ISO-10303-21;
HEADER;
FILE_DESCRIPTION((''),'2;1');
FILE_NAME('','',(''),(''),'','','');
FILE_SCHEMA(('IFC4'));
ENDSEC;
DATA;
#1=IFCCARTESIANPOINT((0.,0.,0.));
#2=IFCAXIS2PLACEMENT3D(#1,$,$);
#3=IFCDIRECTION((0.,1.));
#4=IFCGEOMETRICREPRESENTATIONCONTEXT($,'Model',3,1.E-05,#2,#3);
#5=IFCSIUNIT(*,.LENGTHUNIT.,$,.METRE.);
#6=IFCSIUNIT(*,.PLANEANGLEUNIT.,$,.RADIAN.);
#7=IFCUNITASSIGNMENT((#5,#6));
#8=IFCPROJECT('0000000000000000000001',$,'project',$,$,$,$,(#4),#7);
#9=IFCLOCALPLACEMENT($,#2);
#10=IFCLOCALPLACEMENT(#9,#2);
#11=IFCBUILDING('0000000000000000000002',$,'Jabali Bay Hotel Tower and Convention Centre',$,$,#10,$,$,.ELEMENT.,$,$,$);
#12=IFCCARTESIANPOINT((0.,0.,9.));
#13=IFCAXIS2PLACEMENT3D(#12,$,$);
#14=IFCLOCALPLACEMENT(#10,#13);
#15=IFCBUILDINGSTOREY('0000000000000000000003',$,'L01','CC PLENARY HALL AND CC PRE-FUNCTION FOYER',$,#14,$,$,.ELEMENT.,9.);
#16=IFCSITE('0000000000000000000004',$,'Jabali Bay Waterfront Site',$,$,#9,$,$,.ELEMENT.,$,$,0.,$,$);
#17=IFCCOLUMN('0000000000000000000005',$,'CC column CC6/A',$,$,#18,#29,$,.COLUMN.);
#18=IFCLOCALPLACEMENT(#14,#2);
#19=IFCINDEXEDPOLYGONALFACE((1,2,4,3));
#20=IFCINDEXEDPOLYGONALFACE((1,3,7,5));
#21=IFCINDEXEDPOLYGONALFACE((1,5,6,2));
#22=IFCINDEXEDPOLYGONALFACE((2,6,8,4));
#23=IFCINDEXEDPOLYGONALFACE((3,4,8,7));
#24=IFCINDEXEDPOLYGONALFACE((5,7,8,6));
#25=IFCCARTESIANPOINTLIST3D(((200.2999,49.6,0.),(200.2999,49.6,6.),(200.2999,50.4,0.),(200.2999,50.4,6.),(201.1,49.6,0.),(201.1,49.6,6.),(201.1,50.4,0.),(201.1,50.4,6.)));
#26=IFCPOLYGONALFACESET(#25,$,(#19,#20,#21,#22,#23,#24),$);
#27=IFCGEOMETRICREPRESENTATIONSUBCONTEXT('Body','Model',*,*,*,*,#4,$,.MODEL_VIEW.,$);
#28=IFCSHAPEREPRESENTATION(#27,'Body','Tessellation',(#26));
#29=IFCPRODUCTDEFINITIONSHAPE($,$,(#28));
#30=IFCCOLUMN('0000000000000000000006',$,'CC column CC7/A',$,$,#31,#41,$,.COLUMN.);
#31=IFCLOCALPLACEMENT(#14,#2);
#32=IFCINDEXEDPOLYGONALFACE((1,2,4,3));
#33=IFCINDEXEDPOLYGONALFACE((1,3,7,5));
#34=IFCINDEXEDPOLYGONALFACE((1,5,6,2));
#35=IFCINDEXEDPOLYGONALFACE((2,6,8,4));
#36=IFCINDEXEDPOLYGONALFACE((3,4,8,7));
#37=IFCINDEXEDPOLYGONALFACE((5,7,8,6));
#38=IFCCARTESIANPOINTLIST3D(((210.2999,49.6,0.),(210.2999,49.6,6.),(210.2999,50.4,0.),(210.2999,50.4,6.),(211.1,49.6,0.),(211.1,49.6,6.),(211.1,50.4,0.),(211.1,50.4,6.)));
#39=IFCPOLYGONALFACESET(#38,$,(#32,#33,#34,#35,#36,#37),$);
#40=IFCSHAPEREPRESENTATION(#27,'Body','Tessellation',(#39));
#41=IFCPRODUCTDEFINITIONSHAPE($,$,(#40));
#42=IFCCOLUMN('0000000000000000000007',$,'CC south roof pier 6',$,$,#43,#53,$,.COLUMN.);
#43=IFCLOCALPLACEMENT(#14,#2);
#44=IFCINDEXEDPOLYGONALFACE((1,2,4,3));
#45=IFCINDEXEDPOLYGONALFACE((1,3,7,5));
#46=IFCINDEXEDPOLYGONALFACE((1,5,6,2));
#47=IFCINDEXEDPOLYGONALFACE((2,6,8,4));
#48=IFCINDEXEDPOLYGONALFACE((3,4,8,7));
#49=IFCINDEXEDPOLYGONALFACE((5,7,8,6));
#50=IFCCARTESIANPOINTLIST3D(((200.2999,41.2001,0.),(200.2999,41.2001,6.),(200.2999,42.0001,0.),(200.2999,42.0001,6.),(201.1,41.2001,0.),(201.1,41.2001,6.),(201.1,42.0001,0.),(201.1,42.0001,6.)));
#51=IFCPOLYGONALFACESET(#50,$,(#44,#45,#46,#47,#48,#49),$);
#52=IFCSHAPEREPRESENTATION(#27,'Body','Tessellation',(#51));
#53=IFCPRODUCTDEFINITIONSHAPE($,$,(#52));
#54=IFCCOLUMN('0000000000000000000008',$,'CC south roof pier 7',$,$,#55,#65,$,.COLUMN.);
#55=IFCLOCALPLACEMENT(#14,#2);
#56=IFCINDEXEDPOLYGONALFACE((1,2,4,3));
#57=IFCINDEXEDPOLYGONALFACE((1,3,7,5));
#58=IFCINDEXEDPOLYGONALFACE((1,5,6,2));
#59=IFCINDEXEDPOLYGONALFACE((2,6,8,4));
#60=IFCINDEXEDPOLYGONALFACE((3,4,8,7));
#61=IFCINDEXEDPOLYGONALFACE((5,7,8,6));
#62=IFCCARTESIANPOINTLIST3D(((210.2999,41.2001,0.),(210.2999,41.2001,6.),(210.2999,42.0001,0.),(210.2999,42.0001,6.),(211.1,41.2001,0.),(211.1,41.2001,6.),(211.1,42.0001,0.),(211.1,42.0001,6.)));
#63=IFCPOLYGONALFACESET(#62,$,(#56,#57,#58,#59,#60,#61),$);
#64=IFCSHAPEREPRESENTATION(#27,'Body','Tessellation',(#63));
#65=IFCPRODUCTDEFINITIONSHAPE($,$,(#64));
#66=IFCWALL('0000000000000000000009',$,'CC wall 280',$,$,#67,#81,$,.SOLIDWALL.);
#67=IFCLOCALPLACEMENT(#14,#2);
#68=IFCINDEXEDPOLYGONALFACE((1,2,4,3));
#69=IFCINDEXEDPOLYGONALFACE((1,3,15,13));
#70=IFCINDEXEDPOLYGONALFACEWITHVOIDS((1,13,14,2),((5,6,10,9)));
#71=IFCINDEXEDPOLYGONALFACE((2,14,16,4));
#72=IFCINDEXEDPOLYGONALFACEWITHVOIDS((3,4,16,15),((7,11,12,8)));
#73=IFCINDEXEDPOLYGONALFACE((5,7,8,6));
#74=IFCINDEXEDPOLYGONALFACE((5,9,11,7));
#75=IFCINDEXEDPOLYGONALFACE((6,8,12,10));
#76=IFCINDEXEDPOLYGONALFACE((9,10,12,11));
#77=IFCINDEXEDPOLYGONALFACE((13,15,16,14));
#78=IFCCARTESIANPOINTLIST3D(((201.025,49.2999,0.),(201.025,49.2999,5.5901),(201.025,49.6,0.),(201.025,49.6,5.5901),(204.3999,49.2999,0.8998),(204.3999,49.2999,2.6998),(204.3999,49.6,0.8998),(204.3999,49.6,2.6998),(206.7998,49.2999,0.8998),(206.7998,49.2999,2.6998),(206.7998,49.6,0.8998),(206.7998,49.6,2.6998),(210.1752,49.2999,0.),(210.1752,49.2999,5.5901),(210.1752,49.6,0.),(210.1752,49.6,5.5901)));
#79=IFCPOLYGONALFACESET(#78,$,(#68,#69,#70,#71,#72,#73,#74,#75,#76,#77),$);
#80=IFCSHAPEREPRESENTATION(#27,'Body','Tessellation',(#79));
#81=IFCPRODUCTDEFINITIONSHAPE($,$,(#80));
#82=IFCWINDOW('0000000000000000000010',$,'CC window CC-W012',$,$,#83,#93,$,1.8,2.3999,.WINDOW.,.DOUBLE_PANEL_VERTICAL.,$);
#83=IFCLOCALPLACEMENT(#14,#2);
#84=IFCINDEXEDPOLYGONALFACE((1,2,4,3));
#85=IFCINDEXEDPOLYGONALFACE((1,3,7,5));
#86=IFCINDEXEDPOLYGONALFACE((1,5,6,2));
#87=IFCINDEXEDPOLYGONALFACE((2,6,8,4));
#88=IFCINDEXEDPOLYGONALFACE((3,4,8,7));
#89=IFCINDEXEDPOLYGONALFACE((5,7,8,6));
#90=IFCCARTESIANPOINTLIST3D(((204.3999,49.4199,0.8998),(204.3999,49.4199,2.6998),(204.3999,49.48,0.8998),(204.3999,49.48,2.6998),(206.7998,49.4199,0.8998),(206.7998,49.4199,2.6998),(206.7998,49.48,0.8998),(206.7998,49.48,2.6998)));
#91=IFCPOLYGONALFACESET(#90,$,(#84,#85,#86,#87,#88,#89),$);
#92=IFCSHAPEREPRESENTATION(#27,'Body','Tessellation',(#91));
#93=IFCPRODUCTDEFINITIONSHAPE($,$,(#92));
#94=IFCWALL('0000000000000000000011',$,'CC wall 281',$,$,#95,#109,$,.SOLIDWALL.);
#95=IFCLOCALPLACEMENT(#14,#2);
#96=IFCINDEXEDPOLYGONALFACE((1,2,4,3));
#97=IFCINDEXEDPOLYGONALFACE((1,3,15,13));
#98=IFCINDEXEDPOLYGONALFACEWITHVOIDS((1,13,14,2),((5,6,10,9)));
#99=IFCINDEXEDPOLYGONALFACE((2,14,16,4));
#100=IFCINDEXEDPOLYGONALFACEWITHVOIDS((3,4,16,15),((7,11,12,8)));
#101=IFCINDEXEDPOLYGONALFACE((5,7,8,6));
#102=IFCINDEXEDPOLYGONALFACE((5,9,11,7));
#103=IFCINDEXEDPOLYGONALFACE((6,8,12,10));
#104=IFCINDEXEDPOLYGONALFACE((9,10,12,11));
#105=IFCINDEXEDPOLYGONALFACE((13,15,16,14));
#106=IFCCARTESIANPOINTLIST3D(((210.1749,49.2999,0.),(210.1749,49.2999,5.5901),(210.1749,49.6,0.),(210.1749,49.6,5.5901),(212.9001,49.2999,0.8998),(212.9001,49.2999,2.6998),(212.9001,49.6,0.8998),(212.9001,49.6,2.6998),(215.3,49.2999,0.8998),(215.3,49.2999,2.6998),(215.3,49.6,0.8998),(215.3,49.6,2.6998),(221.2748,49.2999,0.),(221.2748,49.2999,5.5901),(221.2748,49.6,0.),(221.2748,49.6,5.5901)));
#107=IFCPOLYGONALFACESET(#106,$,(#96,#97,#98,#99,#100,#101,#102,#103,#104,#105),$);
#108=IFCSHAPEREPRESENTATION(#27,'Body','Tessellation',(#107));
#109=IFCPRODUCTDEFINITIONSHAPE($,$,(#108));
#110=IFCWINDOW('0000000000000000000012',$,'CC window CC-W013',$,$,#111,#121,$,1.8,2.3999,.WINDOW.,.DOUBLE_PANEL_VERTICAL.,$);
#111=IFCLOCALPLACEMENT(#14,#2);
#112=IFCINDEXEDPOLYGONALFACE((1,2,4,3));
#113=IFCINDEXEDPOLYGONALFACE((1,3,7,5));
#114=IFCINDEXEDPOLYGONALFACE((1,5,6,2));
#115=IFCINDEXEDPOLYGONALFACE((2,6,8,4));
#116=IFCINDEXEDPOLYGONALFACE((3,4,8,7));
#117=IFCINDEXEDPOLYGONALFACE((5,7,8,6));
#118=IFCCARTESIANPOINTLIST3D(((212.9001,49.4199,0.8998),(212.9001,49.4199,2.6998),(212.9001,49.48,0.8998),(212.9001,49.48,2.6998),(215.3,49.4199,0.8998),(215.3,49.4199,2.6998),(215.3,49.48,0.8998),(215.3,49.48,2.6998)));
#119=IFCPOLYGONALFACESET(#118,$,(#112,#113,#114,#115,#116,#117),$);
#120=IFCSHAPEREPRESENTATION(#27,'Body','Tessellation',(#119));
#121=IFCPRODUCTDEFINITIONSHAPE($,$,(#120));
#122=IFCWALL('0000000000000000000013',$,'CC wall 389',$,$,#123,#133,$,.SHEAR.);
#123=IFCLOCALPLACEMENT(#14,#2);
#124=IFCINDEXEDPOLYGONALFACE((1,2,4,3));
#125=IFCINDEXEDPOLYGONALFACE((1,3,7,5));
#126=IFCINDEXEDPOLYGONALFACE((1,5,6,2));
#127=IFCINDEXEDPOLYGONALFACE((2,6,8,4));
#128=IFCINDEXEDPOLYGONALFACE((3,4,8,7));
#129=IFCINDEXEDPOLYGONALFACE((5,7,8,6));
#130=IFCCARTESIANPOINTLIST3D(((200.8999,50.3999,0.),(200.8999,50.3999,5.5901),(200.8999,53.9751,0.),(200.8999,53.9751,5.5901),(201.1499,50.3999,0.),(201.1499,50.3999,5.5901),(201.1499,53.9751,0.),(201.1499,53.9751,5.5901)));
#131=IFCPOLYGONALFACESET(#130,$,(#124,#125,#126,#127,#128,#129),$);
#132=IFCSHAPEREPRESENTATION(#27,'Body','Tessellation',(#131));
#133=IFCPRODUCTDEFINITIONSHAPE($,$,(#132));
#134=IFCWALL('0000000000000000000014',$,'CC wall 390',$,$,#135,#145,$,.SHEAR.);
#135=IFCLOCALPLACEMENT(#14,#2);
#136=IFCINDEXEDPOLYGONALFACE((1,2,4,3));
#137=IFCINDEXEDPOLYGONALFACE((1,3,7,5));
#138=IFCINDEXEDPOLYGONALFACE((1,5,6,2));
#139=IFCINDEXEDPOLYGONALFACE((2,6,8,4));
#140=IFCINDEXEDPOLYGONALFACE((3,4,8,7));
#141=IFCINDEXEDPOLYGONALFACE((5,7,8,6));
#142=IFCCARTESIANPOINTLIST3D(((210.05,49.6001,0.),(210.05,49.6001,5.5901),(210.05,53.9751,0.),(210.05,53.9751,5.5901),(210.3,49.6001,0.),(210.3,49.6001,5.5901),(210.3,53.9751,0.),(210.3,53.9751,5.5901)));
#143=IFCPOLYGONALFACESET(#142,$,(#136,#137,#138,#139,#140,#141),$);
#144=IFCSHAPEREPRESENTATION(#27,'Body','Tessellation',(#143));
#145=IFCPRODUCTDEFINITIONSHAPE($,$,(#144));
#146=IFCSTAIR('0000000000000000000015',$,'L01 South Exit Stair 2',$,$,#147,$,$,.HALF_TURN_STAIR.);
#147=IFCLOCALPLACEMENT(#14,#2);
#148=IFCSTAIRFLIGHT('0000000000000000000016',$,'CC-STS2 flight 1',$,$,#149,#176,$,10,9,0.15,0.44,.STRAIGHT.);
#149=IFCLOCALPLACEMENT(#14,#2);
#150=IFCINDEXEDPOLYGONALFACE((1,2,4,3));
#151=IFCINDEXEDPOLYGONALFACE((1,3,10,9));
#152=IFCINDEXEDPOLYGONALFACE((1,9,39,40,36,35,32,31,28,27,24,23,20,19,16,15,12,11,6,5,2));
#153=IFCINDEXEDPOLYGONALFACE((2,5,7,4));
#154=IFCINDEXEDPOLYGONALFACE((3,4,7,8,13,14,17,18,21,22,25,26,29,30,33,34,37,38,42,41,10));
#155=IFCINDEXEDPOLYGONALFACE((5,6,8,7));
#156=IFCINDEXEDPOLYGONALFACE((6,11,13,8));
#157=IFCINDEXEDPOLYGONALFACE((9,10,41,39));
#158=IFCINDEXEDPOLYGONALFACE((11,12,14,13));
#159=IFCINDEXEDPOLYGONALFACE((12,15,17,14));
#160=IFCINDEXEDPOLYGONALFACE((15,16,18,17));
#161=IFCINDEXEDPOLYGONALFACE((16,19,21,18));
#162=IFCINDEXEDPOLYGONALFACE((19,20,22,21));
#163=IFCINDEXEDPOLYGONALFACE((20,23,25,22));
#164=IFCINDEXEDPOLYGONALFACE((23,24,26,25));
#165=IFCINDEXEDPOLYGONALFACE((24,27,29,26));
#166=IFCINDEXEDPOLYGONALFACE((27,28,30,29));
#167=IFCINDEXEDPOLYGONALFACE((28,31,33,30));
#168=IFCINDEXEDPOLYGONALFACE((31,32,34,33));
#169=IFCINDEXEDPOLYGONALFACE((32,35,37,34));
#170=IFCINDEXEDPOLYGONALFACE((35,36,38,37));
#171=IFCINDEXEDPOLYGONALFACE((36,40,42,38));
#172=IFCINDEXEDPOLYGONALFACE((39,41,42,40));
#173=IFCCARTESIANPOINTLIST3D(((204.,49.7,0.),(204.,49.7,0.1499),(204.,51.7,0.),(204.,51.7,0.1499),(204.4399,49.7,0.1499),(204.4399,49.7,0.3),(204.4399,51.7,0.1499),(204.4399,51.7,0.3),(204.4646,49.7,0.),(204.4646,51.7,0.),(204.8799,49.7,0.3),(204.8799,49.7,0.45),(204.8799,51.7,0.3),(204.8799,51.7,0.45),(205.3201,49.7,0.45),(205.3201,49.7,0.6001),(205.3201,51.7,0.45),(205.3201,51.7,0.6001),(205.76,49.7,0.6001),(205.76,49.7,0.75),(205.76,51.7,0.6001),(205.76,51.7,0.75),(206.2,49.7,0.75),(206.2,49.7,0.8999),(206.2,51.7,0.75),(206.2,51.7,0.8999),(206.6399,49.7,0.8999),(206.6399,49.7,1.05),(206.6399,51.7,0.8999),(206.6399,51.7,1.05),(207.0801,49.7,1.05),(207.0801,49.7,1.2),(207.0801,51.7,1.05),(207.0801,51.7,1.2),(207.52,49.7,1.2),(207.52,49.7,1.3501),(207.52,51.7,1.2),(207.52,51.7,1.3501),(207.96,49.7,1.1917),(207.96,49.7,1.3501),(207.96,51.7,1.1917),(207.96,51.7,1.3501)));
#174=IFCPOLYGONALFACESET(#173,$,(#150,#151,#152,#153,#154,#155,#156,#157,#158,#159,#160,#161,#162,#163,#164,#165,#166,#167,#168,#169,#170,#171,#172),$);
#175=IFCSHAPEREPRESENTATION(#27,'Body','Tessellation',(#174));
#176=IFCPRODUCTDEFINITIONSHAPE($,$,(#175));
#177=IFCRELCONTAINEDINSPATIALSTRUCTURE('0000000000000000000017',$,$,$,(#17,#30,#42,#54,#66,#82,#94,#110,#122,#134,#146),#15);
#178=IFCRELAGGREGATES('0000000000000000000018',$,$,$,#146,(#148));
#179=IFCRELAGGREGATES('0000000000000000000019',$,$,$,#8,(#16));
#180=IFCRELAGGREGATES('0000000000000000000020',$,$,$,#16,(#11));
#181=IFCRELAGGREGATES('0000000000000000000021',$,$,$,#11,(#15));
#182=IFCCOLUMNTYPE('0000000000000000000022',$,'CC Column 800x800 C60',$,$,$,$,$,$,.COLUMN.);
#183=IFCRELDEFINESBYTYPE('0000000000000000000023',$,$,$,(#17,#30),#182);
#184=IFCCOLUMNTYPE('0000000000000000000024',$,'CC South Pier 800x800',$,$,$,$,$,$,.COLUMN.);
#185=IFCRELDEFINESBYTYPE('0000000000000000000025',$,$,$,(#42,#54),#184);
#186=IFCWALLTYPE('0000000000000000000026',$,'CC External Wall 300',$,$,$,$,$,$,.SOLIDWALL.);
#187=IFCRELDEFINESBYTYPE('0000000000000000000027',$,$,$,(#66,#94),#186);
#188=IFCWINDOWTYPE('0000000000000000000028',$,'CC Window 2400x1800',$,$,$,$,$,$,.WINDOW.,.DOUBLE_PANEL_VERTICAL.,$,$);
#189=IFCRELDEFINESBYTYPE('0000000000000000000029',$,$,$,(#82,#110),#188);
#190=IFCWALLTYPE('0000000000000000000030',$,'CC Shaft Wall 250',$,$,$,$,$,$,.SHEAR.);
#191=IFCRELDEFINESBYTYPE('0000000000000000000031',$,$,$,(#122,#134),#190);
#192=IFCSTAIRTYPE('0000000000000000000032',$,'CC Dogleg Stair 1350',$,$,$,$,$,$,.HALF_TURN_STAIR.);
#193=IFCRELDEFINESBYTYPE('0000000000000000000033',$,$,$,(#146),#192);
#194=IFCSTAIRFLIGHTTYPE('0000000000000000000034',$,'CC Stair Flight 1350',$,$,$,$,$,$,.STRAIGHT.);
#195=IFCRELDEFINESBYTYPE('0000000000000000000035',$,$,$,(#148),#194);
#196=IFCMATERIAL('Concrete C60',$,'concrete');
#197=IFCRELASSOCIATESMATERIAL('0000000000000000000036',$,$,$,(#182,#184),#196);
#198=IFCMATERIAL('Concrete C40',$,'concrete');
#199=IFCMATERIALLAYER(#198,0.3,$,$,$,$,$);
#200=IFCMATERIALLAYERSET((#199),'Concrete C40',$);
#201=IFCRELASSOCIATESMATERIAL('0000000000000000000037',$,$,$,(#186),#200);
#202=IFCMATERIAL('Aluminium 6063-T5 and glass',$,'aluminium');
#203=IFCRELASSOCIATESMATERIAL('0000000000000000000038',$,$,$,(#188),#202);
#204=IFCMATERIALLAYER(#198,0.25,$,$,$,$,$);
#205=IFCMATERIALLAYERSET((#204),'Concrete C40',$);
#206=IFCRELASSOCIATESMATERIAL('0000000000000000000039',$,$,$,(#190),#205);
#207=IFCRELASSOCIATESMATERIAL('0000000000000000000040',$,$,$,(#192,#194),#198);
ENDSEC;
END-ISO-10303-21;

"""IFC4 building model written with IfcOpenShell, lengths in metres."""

from ifc_helpers import new_model, si_unit, direction, frame, frame_2d, origin, origin_2d, place, context, subcontext, project, spatial, polyline, rectangle, outline, extrude, material, layer, layer_set, material_profile, profile_set, type_object, element, fill, aggregate, save


model = new_model("IFC4")

# Units and contexts
model_context = context("Model", 3, precision=1e-05, world=origin(), true_north=direction((0.0, 1.0)))
body_context = subcontext(model_context, "Body", "Model", "MODEL_VIEW")
ifc_project = project(units=[si_unit("LENGTHUNIT", "METRE"), si_unit("PLANEANGLEUNIT", "RADIAN")], contexts=[model_context])

# Site, building, storey
site_placement = place(None, origin())
site = spatial("IfcSite", under=ifc_project, at=site_placement, Name="Jabali Bay Waterfront Site", CompositionType="ELEMENT", RefElevation=0.0)
building_placement = place(site_placement, origin())
building = spatial("IfcBuilding", under=site, at=building_placement, Name="Jabali Bay Hotel Tower and Convention Centre", CompositionType="ELEMENT")
storey_placement = place(building_placement, frame((0.0, 0.0, 9.0)))
storey = spatial("IfcBuildingStorey", under=building, at=storey_placement, Name="L01", Description="CC PLENARY HALL AND CC PRE-FUNCTION FOYER", CompositionType="ELEMENT", Elevation=9.0)

# Columns
ifc_material_1 = material(Name="Concrete C60", Category="concrete")
ifc_material_profile_1 = material_profile(ifc_material_1, rectangle(XDim=0.8, YDim=0.8, at=origin_2d()), Name="RC 800x800")
ifc_profile_set_1 = profile_set([ifc_material_profile_1], Name="Concrete C60")
column_type_1 = type_object("IfcColumnType", Name="CC Column 800x800 C60", PredefinedType="COLUMN", material=ifc_profile_set_1)
for number, where, z_axis, x_axis, name in (
    (1, (200.7, 50.0, 0.0), (0.0, 0.0, 1.0), (1.0, 0.0, 0.0), "CC column CC6/A"),
    (2, (210.7, 50.0, 0.0), (0.0, 0.0, 1.0), (1.0, 0.0, 0.0), "CC column CC7/A"),
):
    element("IfcColumn", number, at=place(storey_placement, frame(where, z_axis=z_axis, x_axis=x_axis)), inside=storey, type_object=column_type_1, Name=name, PredefinedType="COLUMN", context=body_context, shape_type="SweptSolid", body=[
        extrude(rectangle(XDim=0.8, YDim=0.8, at=origin_2d()), origin(), (0.0, 0.0, 1.0), 6.0),
    ])
ifc_material_profile_2 = material_profile(ifc_material_1, rectangle(XDim=0.8, YDim=0.8, at=origin_2d()), Name="RC 800x800")
ifc_profile_set_2 = profile_set([ifc_material_profile_2], Name="Concrete C60")
column_type_2 = type_object("IfcColumnType", Name="CC South Pier 800x800", PredefinedType="COLUMN", material=ifc_profile_set_2)
for number, where, z_axis, x_axis, name in (
    (3, (200.7, 41.6001, 0.0), (0.0, 0.0, 1.0), (1.0, 0.0, 0.0), "CC south roof pier 6"),
    (4, (210.7, 41.6001, 0.0), (0.0, 0.0, 1.0), (1.0, 0.0, 0.0), "CC south roof pier 7"),
):
    element("IfcColumn", number, at=place(storey_placement, frame(where, z_axis=z_axis, x_axis=x_axis)), inside=storey, type_object=column_type_2, Name=name, PredefinedType="COLUMN", context=body_context, shape_type="SweptSolid", body=[
        extrude(rectangle(XDim=0.8, YDim=0.8, at=origin_2d()), origin(), (0.0, 0.0, 1.0), 6.0),
    ])

# Walls, openings, windows
ifc_material_2 = material(Name="Concrete C40", Category="concrete")
ifc_layer_1 = layer(ifc_material_2, 0.3)
ifc_layer_set_1 = layer_set([ifc_layer_1], Name="Concrete C40")
wall_type_1 = type_object("IfcWallType", Name="CC External Wall 300", PredefinedType="SOLIDWALL", material=ifc_layer_set_1)
wall_1_placement = place(storey_placement, frame((201.0249, 49.45, 0.0), z_axis=(0.0, 0.0, 1.0), x_axis=(1.0, 0.0, 0.0)))
wall_1 = element("IfcWall", 5, at=wall_1_placement, inside=storey, type_object=wall_type_1, Name="CC wall 280", PredefinedType="SOLIDWALL", context=body_context, shape_type="SweptSolid", body=[
    extrude(rectangle(XDim=9.1501, YDim=0.3, at=frame_2d((4.5752, 0.0))), origin(), (0.0, 0.0, 1.0), 5.5901),
])
opening_1_placement = place(wall_1_placement, frame((3.375, 0.0, 0.8999)))
opening_1 = element("IfcOpeningElement", 6, at=opening_1_placement, cuts=wall_1, PredefinedType="OPENING", context=body_context, shape_type="SweptSolid", body=[
    extrude(rectangle(XDim=2.3999, YDim=1.8, at=frame_2d((1.2, 0.8999))), frame((0.0, 0.1606, 0.0), z_axis=(0.0, -1.0, 0.0), x_axis=(1.0, 0.0, 0.0)), (0.0, 0.0, 1.0), 0.321),
])
ifc_material_3 = material(Name="Aluminium 6063-T5 and glass", Category="aluminium")
window_type = type_object("IfcWindowType", Name="CC Window 2400x1800", PartitioningType="DOUBLE_PANEL_VERTICAL", PredefinedType="WINDOW", material=ifc_material_3)
window_1_placement = place(opening_1_placement, origin())
window_1 = element("IfcWindow", 7, at=window_1_placement, inside=storey, type_object=window_type, Name="CC window CC-W012", OverallHeight=1.8, OverallWidth=2.3999, PartitioningType="DOUBLE_PANEL_VERTICAL", PredefinedType="WINDOW", context=body_context, shape_type="SweptSolid", body=[
    extrude(rectangle(XDim=2.3999, YDim=1.8, at=frame_2d((1.2, 0.8999))), frame((0.0, 0.03, 0.0), z_axis=(0.0, -1.0, 0.0), x_axis=(1.0, 0.0, 0.0)), (0.0, 0.0, 1.0), 0.0601),
])
fill(opening_1, window_1)
wall_2_placement = place(storey_placement, frame((210.175, 49.45, 0.0), z_axis=(0.0, 0.0, 1.0), x_axis=(1.0, 0.0, 0.0)))
wall_2 = element("IfcWall", 8, at=wall_2_placement, inside=storey, type_object=wall_type_1, Name="CC wall 281", PredefinedType="SOLIDWALL", context=body_context, shape_type="SweptSolid", body=[
    extrude(rectangle(XDim=11.0999, YDim=0.3, at=frame_2d((5.5498, 0.0))), origin(), (0.0, 0.0, 1.0), 5.5901),
])
opening_2_placement = place(wall_2_placement, frame((2.7251, 0.0, 0.8999)))
opening_2 = element("IfcOpeningElement", 9, at=opening_2_placement, cuts=wall_2, PredefinedType="OPENING", context=body_context, shape_type="SweptSolid", body=[
    extrude(rectangle(XDim=2.3999, YDim=1.8, at=frame_2d((1.2, 0.8999))), frame((0.0, 0.1606, 0.0), z_axis=(0.0, -1.0, 0.0), x_axis=(1.0, 0.0, 0.0)), (0.0, 0.0, 1.0), 0.321),
])
window_2_placement = place(opening_2_placement, origin())
window_2 = element("IfcWindow", 10, at=window_2_placement, inside=storey, type_object=window_type, Name="CC window CC-W013", OverallHeight=1.8, OverallWidth=2.3999, PartitioningType="DOUBLE_PANEL_VERTICAL", PredefinedType="WINDOW", context=body_context, shape_type="SweptSolid", body=[
    extrude(rectangle(XDim=2.3999, YDim=1.8, at=frame_2d((1.2, 0.8999))), frame((0.0, 0.03, 0.0), z_axis=(0.0, -1.0, 0.0), x_axis=(1.0, 0.0, 0.0)), (0.0, 0.0, 1.0), 0.0601),
])
fill(opening_2, window_2)

# Walls
ifc_layer_2 = layer(ifc_material_2, 0.25)
ifc_layer_set_2 = layer_set([ifc_layer_2], Name="Concrete C40")
wall_type_2 = type_object("IfcWallType", Name="CC Shaft Wall 250", PredefinedType="SHEAR", material=ifc_layer_set_2)
wall_3_placement = place(storey_placement, frame((201.0249, 50.3999, 0.0), z_axis=(0.0, 0.0, 1.0), x_axis=(0.0, 1.0, 0.0)))
element("IfcWall", 11, at=wall_3_placement, inside=storey, type_object=wall_type_2, Name="CC wall 389", PredefinedType="SHEAR", context=body_context, shape_type="SweptSolid", body=[
    extrude(rectangle(XDim=3.5752, YDim=0.25, at=frame_2d((1.7876, 0.0))), origin(), (0.0, 0.0, 1.0), 5.5901),
])
wall_4_placement = place(storey_placement, frame((210.175, 49.6001, 0.0), z_axis=(0.0, 0.0, 1.0), x_axis=(0.0, 1.0, 0.0)))
element("IfcWall", 12, at=wall_4_placement, inside=storey, type_object=wall_type_2, Name="CC wall 390", PredefinedType="SHEAR", context=body_context, shape_type="SweptSolid", body=[
    extrude(rectangle(XDim=4.375, YDim=0.25, at=frame_2d((2.1875, 0.0))), origin(), (0.0, 0.0, 1.0), 5.5901),
])

# Stair, stair flight
stair_type = type_object("IfcStairType", Name="CC Dogleg Stair 1350", PredefinedType="HALF_TURN_STAIR", material=ifc_material_2)
stair_placement = place(storey_placement, origin())
stair = element("IfcStair", 13, at=stair_placement, inside=storey, type_object=stair_type, Name="L01 South Exit Stair 2", PredefinedType="HALF_TURN_STAIR")
stair_flight_type = type_object("IfcStairFlightType", Name="CC Stair Flight 1350", PredefinedType="STRAIGHT", material=ifc_material_2)
stair_flight_1_placement = place(storey_placement, frame((204.0, 50.7, 0.0), z_axis=(0.0, 0.0, 1.0), x_axis=(1.0, 0.0, 0.0)))
stair_flight_1 = element("IfcStairFlight", 14, at=stair_flight_1_placement, type_object=stair_flight_type, Name="CC-STS2 flight 1", NumberOfRisers=10, NumberOfTreads=9, PredefinedType="STRAIGHT", RiserHeight=0.15, TreadLength=0.44, context=body_context, shape_type="SweptSolid", body=[
    extrude(outline(polyline([(0.0, 0.0), (0.0, 0.1499), (0.4399, 0.1499), (0.4399, 0.3), (0.8799, 0.3), (0.8799, 0.45), (1.3201, 0.45), (1.3201, 0.6001), (1.76, 0.6001), (1.76, 0.75), (2.2, 0.75), (2.2, 0.8999), (2.6399, 0.8999), (2.6399, 1.05), (3.0801, 1.05), (3.0801, 1.2), (3.52, 1.2), (3.52, 1.3501), (3.96, 1.3501), (3.96, 1.5), (3.96, 1.1917), (0.4646, 0.0), (0.0, 0.0)])), frame((0.0, 1.0, 0.0), z_axis=(0.0, -1.0, 0.0), x_axis=(1.0, 0.0, 0.0)), (0.0, 0.0, 1.0), 2.0),
])
aggregate(stair, [stair_flight_1])

save(model, "model.ifc")
